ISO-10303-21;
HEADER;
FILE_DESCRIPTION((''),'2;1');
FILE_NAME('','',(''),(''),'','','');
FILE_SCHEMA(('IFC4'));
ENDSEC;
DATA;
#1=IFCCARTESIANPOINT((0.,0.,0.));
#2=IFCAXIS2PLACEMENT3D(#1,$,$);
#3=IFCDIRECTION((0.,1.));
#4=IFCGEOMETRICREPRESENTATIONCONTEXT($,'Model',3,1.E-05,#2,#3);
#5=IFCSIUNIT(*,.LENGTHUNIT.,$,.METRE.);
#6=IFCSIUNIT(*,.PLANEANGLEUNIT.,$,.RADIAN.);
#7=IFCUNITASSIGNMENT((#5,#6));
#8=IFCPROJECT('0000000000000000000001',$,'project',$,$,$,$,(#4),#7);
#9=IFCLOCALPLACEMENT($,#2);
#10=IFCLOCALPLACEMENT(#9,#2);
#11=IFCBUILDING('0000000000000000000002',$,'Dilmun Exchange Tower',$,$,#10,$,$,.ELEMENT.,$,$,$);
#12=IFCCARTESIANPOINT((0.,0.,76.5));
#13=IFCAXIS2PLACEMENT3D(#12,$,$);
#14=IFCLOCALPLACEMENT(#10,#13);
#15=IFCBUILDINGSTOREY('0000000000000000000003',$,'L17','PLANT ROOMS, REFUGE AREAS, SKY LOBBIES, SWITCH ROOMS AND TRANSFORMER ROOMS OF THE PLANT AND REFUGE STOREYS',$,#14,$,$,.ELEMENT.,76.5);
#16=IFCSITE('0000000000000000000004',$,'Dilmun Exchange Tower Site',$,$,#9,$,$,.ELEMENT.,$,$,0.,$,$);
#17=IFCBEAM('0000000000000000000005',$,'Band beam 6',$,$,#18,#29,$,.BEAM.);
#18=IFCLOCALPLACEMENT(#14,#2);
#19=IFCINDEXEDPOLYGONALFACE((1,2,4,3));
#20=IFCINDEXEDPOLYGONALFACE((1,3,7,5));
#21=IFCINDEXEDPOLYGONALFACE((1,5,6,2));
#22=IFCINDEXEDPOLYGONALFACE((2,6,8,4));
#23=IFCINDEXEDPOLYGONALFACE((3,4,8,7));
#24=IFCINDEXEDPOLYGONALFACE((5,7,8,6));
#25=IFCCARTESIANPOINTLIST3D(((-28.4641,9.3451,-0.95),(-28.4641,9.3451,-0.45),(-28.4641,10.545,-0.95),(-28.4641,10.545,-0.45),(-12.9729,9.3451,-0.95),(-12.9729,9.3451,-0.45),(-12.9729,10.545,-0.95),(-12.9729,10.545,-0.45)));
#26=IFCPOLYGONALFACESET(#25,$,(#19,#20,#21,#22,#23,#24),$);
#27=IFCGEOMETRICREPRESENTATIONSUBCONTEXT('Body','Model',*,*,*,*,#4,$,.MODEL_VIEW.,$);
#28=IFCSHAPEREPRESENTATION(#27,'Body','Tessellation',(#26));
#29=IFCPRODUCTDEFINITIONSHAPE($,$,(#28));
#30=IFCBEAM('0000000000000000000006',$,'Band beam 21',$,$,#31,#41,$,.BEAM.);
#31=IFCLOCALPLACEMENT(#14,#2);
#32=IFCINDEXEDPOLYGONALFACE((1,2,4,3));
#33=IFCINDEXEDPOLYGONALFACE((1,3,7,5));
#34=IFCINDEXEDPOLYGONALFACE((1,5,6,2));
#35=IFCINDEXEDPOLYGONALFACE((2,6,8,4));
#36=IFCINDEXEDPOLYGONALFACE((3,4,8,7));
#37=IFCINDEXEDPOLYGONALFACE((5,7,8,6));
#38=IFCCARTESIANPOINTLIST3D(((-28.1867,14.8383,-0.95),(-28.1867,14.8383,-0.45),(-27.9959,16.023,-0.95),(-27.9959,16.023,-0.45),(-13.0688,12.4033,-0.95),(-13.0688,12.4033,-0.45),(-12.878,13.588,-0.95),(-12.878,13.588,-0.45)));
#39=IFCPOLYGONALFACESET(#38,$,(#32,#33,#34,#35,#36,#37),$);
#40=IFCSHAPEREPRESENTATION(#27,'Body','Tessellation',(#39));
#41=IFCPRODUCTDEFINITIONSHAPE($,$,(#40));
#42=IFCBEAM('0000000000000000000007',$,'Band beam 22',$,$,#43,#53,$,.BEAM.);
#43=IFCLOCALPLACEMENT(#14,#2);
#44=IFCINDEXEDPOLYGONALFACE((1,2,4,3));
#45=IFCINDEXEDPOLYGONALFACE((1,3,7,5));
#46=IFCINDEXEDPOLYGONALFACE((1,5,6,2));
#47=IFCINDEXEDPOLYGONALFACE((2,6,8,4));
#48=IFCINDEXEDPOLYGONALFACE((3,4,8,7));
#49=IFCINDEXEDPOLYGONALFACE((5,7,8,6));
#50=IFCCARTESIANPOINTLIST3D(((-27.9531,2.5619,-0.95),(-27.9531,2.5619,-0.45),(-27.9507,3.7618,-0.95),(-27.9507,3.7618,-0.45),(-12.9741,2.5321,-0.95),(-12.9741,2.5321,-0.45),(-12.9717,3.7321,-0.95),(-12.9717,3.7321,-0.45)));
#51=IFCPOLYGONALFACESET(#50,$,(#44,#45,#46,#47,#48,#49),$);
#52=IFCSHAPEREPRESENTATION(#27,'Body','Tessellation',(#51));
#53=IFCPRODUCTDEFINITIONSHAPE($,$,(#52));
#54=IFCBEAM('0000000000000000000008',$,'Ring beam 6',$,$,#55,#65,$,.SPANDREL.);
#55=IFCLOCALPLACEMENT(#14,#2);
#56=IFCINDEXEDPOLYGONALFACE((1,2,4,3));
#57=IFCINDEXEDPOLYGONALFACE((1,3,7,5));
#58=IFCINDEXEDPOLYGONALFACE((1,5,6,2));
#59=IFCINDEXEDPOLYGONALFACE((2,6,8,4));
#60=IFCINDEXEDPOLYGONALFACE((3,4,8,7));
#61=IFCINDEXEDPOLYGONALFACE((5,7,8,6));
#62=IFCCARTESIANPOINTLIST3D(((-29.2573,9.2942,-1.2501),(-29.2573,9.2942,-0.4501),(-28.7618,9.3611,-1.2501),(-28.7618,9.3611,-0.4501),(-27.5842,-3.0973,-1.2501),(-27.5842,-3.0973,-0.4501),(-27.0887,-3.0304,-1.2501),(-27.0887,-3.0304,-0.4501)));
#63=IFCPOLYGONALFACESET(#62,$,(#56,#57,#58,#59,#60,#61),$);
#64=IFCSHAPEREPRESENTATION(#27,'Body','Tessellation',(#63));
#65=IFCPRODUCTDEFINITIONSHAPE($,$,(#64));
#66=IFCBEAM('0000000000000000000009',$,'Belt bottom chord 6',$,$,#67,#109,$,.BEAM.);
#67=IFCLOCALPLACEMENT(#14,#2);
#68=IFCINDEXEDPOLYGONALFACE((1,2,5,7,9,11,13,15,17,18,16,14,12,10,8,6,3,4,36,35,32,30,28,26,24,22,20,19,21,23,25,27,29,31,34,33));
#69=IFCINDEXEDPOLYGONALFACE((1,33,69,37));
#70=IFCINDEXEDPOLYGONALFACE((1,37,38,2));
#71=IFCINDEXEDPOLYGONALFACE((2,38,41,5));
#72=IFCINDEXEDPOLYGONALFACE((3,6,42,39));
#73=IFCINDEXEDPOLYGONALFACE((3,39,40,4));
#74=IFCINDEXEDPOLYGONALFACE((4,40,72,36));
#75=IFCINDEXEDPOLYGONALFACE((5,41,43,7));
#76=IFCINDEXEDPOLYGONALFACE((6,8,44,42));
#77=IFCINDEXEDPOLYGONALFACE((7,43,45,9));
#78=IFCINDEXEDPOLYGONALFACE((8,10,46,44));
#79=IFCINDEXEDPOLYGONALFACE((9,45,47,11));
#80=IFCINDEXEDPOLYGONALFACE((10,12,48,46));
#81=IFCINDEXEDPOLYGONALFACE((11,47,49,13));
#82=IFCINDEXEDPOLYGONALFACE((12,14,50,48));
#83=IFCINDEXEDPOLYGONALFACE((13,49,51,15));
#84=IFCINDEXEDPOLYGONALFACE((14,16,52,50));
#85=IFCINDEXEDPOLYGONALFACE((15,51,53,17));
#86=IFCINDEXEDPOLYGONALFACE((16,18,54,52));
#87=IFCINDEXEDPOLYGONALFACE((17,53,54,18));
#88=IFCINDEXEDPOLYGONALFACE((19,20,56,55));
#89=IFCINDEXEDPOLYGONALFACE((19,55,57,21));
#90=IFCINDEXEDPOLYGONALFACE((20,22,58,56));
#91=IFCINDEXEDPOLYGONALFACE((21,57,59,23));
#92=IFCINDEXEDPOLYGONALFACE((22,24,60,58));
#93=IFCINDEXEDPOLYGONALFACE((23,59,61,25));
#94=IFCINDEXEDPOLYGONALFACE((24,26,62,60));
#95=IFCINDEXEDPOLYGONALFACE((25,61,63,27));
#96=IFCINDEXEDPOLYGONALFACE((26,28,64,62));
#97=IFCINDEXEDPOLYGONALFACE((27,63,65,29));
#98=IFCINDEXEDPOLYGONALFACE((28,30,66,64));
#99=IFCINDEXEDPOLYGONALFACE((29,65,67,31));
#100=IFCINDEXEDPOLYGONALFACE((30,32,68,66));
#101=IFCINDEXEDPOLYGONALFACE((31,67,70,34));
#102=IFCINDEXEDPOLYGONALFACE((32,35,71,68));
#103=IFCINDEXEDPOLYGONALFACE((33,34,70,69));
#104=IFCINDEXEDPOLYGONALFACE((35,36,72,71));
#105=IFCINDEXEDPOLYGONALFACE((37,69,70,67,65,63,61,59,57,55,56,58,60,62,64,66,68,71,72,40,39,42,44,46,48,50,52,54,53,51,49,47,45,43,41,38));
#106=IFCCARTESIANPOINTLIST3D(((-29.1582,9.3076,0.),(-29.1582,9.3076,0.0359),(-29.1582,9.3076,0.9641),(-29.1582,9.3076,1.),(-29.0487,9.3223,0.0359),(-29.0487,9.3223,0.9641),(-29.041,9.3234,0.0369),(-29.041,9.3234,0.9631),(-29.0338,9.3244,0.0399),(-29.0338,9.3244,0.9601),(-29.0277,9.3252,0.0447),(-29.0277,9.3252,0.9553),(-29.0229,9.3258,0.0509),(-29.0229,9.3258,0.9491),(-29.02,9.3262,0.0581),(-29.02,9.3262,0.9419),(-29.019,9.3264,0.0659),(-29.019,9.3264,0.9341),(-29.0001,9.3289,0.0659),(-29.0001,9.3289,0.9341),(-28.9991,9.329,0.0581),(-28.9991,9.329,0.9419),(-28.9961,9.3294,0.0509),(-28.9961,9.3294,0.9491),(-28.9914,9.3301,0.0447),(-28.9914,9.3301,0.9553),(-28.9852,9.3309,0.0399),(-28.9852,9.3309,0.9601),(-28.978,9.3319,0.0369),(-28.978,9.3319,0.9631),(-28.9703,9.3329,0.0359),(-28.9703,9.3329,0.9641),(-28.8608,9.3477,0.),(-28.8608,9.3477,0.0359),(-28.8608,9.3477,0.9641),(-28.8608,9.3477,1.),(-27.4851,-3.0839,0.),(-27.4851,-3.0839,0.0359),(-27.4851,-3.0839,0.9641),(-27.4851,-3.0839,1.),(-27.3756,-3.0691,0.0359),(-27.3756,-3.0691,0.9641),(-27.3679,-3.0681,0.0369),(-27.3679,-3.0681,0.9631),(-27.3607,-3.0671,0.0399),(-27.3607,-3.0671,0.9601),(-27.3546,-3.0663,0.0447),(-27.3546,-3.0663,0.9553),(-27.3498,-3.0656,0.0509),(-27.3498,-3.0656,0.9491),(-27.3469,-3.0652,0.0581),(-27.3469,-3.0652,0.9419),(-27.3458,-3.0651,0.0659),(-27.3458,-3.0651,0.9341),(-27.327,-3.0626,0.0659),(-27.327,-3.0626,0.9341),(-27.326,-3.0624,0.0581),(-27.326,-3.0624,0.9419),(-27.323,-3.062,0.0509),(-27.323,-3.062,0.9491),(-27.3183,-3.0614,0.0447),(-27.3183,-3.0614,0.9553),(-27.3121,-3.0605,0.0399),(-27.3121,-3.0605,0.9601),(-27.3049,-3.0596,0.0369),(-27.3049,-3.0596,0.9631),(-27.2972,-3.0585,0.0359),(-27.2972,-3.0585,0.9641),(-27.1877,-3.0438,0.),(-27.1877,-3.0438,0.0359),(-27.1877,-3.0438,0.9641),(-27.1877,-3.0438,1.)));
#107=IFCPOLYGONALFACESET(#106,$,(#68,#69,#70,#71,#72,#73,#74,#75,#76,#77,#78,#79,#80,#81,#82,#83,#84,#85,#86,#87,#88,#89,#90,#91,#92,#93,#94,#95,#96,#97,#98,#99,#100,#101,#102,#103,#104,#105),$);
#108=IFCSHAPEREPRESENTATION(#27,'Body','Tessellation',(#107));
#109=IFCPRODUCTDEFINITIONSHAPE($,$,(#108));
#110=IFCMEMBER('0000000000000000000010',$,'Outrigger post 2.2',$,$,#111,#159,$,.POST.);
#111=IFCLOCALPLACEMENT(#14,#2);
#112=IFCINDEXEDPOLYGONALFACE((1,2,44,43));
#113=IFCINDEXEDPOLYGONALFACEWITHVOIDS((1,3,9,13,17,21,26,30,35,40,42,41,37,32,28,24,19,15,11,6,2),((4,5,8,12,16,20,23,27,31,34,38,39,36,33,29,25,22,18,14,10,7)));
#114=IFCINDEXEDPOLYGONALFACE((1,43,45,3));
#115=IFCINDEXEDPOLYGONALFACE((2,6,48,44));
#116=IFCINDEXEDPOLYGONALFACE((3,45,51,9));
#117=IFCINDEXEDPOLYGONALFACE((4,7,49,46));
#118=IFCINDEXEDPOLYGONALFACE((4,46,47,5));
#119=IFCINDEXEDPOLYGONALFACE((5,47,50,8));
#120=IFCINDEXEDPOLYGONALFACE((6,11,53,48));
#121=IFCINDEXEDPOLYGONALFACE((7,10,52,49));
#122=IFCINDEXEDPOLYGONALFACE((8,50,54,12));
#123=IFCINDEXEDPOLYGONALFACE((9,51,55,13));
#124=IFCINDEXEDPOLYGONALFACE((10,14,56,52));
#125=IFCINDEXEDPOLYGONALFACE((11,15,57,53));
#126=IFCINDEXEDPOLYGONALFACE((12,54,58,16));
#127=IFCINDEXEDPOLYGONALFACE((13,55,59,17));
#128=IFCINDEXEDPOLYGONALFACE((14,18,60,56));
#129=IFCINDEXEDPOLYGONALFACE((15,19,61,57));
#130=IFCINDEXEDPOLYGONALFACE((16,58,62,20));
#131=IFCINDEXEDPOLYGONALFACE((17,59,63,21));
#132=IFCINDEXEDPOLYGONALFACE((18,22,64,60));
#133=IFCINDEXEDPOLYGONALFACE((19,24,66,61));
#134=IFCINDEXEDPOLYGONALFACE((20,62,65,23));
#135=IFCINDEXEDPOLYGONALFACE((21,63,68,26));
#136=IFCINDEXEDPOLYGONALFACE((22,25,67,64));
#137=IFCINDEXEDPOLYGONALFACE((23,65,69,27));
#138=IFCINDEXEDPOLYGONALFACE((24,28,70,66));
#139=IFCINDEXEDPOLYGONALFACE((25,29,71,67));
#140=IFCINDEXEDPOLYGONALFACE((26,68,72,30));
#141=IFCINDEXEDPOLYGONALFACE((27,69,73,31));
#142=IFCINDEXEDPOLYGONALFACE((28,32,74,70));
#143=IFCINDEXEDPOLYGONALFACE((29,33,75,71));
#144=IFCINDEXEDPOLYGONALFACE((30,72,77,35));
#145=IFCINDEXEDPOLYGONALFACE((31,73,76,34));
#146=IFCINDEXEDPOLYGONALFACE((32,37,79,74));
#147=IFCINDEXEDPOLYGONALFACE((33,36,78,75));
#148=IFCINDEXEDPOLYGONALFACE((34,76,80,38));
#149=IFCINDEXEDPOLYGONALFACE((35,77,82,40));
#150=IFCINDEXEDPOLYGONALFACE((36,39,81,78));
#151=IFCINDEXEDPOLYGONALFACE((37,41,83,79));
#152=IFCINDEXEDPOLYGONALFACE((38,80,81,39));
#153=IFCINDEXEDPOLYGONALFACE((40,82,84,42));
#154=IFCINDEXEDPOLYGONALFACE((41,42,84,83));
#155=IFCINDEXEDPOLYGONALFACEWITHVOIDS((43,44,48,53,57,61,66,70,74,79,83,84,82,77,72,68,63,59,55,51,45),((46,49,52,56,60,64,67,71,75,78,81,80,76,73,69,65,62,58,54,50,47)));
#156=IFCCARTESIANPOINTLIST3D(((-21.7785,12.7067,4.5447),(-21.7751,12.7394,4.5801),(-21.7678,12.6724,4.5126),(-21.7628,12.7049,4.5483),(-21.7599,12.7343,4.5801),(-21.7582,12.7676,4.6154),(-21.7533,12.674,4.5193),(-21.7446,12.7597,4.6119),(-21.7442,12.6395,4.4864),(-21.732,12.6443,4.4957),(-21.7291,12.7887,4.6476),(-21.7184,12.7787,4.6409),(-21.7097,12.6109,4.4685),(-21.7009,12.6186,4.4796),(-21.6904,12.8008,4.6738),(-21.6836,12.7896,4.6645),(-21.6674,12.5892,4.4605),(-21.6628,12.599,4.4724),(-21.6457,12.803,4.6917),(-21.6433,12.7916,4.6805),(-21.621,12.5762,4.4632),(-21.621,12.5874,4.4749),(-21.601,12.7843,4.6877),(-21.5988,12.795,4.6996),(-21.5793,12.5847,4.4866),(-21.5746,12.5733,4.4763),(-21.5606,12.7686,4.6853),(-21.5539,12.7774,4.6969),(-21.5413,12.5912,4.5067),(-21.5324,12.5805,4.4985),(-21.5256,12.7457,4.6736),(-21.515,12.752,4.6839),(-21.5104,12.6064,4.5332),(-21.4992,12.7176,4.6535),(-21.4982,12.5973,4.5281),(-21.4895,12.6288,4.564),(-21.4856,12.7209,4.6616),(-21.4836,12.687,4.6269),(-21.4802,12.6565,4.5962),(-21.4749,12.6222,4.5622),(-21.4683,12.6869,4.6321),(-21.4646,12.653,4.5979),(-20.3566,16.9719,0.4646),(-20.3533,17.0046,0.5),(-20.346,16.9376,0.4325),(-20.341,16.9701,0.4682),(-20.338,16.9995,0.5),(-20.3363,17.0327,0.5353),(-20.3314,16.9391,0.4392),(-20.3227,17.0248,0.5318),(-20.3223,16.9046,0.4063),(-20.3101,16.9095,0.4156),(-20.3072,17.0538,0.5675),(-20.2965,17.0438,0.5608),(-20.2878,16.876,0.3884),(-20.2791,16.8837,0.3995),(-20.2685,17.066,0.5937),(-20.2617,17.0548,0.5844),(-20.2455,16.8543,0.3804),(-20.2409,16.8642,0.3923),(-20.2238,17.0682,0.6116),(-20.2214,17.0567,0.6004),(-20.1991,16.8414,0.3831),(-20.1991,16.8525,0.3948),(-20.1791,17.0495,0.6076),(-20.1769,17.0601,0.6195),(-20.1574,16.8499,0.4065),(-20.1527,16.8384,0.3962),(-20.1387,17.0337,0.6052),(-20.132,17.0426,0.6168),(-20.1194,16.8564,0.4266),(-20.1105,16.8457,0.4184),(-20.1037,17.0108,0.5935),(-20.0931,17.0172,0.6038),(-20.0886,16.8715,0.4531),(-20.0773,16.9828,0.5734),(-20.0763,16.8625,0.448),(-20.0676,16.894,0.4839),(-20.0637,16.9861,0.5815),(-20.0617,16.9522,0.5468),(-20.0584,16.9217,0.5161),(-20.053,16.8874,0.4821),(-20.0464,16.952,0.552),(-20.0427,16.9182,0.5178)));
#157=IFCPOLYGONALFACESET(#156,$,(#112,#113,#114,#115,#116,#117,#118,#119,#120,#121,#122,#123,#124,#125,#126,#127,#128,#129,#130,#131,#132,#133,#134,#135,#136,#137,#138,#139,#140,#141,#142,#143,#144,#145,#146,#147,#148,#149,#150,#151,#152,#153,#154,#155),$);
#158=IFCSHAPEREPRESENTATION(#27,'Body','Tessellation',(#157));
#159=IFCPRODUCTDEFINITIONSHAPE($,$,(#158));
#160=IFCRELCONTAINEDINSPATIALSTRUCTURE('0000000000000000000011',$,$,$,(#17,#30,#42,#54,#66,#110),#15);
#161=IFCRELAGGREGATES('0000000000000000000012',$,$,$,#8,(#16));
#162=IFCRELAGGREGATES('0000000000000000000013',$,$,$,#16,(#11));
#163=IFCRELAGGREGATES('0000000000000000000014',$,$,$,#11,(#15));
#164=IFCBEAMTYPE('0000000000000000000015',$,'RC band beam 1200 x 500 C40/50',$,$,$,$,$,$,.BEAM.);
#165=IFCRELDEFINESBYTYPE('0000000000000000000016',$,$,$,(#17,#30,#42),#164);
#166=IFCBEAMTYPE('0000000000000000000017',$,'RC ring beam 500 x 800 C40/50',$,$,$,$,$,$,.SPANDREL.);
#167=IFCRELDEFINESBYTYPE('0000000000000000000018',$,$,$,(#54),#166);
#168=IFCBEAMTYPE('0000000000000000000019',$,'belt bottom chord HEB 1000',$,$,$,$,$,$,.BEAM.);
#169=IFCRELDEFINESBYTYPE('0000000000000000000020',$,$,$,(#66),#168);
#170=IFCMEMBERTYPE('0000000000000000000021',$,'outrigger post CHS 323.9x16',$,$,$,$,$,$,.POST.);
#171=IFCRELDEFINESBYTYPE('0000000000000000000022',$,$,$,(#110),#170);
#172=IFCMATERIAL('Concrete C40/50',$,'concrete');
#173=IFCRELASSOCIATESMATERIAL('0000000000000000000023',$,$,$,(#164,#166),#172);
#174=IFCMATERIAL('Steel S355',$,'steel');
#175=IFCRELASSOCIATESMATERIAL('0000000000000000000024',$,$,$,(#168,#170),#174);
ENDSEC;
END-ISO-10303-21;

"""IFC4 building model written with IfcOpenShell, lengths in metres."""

from ifc_helpers import new_model, si_unit, direction, frame, origin, origin_2d, place, context, subcontext, project, spatial, rectangle, hollow_circle, i_section, extrude, material, material_profile, profile_set, type_object, element, save


model = new_model("IFC4")

# Units and contexts
model_context = context("Model", 3, precision=1e-05, world=origin(), true_north=direction((0.0, 1.0)))
body_context = subcontext(model_context, "Body", "Model", "MODEL_VIEW")
ifc_project = project(units=[si_unit("LENGTHUNIT", "METRE"), si_unit("PLANEANGLEUNIT", "RADIAN")], contexts=[model_context])

# Site, building, storey
site_placement = place(None, origin())
site = spatial("IfcSite", under=ifc_project, at=site_placement, Name="Dilmun Exchange Tower Site", CompositionType="ELEMENT", RefElevation=0.0)
building_placement = place(site_placement, origin())
building = spatial("IfcBuilding", under=site, at=building_placement, Name="Dilmun Exchange Tower", CompositionType="ELEMENT")
storey_placement = place(building_placement, frame((0.0, 0.0, 76.5)))
storey = spatial("IfcBuildingStorey", under=building, at=storey_placement, Name="L17", Description="PLANT ROOMS, REFUGE AREAS, SKY LOBBIES, SWITCH ROOMS AND TRANSFORMER ROOMS OF THE PLANT AND REFUGE STOREYS", CompositionType="ELEMENT", Elevation=76.5)

# Beams
ifc_material_1 = material(Name="Concrete C40/50", Category="concrete")
ifc_material_profile_1 = material_profile(ifc_material_1, rectangle(XDim=1.2, YDim=0.5, at=origin_2d()), Name="1200 x 500")
ifc_profile_set_1 = profile_set([ifc_material_profile_1], Name="Concrete C40/50")
beam_type_1 = type_object("IfcBeamType", Name="RC band beam 1200 x 500 C40/50", PredefinedType="BEAM", material=ifc_profile_set_1)
beam_1_placement = place(storey_placement, frame((-28.4641, 9.9451, -0.7), z_axis=(1.0, 0.0, 0.0), x_axis=(0.0, 1.0, 0.0)))
element("IfcBeam", 1, at=beam_1_placement, inside=storey, type_object=beam_type_1, Name="Band beam 6", PredefinedType="BEAM", context=body_context, shape_type="SweptSolid", body=[
    extrude(rectangle(XDim=1.2, YDim=0.5, at=origin_2d()), origin(), (0.0, 0.0, 1.0), 15.4912),
])
beam_2_placement = place(storey_placement, frame((-28.0913, 15.4307, -0.7), z_axis=(0.987275, -0.159021, 0.0), x_axis=(0.159021, 0.987275, 0.0)))
element("IfcBeam", 2, at=beam_2_placement, inside=storey, type_object=beam_type_1, Name="Band beam 21", PredefinedType="BEAM", context=body_context, shape_type="SweptSolid", body=[
    extrude(rectangle(XDim=1.2, YDim=0.5, at=origin_2d()), origin(), (0.0, 0.0, 1.0), 15.3127),
])
beam_3_placement = place(storey_placement, frame((-27.9519, 3.1619, -0.7), z_axis=(0.999998, -0.001988, 0.0), x_axis=(0.001988, 0.999998, 0.0)))
element("IfcBeam", 3, at=beam_3_placement, inside=storey, type_object=beam_type_1, Name="Band beam 22", PredefinedType="BEAM", context=body_context, shape_type="SweptSolid", body=[
    extrude(rectangle(XDim=1.2, YDim=0.5, at=origin_2d()), origin(), (0.0, 0.0, 1.0), 14.979),
])
ifc_material_profile_2 = material_profile(ifc_material_1, rectangle(XDim=0.5, YDim=0.8, at=origin_2d()), Name="500 x 800")
ifc_profile_set_2 = profile_set([ifc_material_profile_2], Name="Concrete C40/50")
beam_type_2 = type_object("IfcBeamType", Name="RC ring beam 500 x 800 C40/50", PredefinedType="SPANDREL", material=ifc_profile_set_2)
beam_4_placement = place(storey_placement, frame((-29.0095, 9.3276, -0.8501), z_axis=(0.133807, -0.991007, 0.0), x_axis=(0.991007, 0.133807, 0.0)))
element("IfcBeam", 4, at=beam_4_placement, inside=storey, type_object=beam_type_2, Name="Ring beam 6", PredefinedType="SPANDREL", context=body_context, shape_type="SweptSolid", body=[
    extrude(rectangle(XDim=0.5, YDim=0.8, at=origin_2d()), origin(), (0.0, 0.0, 1.0), 12.5039),
])
ifc_material_2 = material(Name="Steel S355", Category="steel")
ifc_material_profile_3 = material_profile(ifc_material_2, i_section(OverallWidth=0.3, OverallDepth=1.0, WebThickness=0.019, FlangeThickness=0.0359, FilletRadius=0.03, at=origin_2d()), Name="HEB 1000")
ifc_profile_set_3 = profile_set([ifc_material_profile_3], Name="Steel S355")
beam_type_3 = type_object("IfcBeamType", Name="belt bottom chord HEB 1000", PredefinedType="BEAM", material=ifc_profile_set_3)
beam_5_placement = place(storey_placement, frame((-29.0095, 9.3276, 0.5), z_axis=(0.133807, -0.991007, 0.0), x_axis=(0.991007, 0.133807, 0.0)))
element("IfcBeam", 5, at=beam_5_placement, inside=storey, type_object=beam_type_3, Name="Belt bottom chord 6", PredefinedType="BEAM", context=body_context, shape_type="SweptSolid", body=[
    extrude(i_section(OverallWidth=0.3, OverallDepth=1.0, WebThickness=0.019, FlangeThickness=0.0359, FilletRadius=0.03, at=origin_2d()), origin(), (0.0, 0.0, 1.0), 12.5039),
])

# Member
ifc_material_profile_4 = material_profile(ifc_material_2, hollow_circle(Radius=0.1619, WallThickness=0.0161, at=origin_2d()), Name="CHS 323.9x16")
ifc_profile_set_4 = profile_set([ifc_material_profile_4], Name="Steel S355")
member_type_1 = type_object("IfcMemberType", Name="outrigger post CHS 323.9x16", PredefinedType="POST", material=ifc_profile_set_4)
member_1_placement = place(storey_placement, frame((-21.6216, 12.6882, 4.5801), z_axis=(0.234198, 0.702513, -0.672032), x_axis=(-0.948672, 0.31626, 0.0)))
element("IfcMember", 6, at=member_1_placement, inside=storey, type_object=member_type_1, Name="Outrigger post 2.2", PredefinedType="POST", context=body_context, shape_type="SweptSolid", body=[
    extrude(hollow_circle(Radius=0.1619, WallThickness=0.0161, at=origin_2d()), origin(), (0.0, 0.0, 1.0), 6.0713),
])

save(model, "model.ifc")
